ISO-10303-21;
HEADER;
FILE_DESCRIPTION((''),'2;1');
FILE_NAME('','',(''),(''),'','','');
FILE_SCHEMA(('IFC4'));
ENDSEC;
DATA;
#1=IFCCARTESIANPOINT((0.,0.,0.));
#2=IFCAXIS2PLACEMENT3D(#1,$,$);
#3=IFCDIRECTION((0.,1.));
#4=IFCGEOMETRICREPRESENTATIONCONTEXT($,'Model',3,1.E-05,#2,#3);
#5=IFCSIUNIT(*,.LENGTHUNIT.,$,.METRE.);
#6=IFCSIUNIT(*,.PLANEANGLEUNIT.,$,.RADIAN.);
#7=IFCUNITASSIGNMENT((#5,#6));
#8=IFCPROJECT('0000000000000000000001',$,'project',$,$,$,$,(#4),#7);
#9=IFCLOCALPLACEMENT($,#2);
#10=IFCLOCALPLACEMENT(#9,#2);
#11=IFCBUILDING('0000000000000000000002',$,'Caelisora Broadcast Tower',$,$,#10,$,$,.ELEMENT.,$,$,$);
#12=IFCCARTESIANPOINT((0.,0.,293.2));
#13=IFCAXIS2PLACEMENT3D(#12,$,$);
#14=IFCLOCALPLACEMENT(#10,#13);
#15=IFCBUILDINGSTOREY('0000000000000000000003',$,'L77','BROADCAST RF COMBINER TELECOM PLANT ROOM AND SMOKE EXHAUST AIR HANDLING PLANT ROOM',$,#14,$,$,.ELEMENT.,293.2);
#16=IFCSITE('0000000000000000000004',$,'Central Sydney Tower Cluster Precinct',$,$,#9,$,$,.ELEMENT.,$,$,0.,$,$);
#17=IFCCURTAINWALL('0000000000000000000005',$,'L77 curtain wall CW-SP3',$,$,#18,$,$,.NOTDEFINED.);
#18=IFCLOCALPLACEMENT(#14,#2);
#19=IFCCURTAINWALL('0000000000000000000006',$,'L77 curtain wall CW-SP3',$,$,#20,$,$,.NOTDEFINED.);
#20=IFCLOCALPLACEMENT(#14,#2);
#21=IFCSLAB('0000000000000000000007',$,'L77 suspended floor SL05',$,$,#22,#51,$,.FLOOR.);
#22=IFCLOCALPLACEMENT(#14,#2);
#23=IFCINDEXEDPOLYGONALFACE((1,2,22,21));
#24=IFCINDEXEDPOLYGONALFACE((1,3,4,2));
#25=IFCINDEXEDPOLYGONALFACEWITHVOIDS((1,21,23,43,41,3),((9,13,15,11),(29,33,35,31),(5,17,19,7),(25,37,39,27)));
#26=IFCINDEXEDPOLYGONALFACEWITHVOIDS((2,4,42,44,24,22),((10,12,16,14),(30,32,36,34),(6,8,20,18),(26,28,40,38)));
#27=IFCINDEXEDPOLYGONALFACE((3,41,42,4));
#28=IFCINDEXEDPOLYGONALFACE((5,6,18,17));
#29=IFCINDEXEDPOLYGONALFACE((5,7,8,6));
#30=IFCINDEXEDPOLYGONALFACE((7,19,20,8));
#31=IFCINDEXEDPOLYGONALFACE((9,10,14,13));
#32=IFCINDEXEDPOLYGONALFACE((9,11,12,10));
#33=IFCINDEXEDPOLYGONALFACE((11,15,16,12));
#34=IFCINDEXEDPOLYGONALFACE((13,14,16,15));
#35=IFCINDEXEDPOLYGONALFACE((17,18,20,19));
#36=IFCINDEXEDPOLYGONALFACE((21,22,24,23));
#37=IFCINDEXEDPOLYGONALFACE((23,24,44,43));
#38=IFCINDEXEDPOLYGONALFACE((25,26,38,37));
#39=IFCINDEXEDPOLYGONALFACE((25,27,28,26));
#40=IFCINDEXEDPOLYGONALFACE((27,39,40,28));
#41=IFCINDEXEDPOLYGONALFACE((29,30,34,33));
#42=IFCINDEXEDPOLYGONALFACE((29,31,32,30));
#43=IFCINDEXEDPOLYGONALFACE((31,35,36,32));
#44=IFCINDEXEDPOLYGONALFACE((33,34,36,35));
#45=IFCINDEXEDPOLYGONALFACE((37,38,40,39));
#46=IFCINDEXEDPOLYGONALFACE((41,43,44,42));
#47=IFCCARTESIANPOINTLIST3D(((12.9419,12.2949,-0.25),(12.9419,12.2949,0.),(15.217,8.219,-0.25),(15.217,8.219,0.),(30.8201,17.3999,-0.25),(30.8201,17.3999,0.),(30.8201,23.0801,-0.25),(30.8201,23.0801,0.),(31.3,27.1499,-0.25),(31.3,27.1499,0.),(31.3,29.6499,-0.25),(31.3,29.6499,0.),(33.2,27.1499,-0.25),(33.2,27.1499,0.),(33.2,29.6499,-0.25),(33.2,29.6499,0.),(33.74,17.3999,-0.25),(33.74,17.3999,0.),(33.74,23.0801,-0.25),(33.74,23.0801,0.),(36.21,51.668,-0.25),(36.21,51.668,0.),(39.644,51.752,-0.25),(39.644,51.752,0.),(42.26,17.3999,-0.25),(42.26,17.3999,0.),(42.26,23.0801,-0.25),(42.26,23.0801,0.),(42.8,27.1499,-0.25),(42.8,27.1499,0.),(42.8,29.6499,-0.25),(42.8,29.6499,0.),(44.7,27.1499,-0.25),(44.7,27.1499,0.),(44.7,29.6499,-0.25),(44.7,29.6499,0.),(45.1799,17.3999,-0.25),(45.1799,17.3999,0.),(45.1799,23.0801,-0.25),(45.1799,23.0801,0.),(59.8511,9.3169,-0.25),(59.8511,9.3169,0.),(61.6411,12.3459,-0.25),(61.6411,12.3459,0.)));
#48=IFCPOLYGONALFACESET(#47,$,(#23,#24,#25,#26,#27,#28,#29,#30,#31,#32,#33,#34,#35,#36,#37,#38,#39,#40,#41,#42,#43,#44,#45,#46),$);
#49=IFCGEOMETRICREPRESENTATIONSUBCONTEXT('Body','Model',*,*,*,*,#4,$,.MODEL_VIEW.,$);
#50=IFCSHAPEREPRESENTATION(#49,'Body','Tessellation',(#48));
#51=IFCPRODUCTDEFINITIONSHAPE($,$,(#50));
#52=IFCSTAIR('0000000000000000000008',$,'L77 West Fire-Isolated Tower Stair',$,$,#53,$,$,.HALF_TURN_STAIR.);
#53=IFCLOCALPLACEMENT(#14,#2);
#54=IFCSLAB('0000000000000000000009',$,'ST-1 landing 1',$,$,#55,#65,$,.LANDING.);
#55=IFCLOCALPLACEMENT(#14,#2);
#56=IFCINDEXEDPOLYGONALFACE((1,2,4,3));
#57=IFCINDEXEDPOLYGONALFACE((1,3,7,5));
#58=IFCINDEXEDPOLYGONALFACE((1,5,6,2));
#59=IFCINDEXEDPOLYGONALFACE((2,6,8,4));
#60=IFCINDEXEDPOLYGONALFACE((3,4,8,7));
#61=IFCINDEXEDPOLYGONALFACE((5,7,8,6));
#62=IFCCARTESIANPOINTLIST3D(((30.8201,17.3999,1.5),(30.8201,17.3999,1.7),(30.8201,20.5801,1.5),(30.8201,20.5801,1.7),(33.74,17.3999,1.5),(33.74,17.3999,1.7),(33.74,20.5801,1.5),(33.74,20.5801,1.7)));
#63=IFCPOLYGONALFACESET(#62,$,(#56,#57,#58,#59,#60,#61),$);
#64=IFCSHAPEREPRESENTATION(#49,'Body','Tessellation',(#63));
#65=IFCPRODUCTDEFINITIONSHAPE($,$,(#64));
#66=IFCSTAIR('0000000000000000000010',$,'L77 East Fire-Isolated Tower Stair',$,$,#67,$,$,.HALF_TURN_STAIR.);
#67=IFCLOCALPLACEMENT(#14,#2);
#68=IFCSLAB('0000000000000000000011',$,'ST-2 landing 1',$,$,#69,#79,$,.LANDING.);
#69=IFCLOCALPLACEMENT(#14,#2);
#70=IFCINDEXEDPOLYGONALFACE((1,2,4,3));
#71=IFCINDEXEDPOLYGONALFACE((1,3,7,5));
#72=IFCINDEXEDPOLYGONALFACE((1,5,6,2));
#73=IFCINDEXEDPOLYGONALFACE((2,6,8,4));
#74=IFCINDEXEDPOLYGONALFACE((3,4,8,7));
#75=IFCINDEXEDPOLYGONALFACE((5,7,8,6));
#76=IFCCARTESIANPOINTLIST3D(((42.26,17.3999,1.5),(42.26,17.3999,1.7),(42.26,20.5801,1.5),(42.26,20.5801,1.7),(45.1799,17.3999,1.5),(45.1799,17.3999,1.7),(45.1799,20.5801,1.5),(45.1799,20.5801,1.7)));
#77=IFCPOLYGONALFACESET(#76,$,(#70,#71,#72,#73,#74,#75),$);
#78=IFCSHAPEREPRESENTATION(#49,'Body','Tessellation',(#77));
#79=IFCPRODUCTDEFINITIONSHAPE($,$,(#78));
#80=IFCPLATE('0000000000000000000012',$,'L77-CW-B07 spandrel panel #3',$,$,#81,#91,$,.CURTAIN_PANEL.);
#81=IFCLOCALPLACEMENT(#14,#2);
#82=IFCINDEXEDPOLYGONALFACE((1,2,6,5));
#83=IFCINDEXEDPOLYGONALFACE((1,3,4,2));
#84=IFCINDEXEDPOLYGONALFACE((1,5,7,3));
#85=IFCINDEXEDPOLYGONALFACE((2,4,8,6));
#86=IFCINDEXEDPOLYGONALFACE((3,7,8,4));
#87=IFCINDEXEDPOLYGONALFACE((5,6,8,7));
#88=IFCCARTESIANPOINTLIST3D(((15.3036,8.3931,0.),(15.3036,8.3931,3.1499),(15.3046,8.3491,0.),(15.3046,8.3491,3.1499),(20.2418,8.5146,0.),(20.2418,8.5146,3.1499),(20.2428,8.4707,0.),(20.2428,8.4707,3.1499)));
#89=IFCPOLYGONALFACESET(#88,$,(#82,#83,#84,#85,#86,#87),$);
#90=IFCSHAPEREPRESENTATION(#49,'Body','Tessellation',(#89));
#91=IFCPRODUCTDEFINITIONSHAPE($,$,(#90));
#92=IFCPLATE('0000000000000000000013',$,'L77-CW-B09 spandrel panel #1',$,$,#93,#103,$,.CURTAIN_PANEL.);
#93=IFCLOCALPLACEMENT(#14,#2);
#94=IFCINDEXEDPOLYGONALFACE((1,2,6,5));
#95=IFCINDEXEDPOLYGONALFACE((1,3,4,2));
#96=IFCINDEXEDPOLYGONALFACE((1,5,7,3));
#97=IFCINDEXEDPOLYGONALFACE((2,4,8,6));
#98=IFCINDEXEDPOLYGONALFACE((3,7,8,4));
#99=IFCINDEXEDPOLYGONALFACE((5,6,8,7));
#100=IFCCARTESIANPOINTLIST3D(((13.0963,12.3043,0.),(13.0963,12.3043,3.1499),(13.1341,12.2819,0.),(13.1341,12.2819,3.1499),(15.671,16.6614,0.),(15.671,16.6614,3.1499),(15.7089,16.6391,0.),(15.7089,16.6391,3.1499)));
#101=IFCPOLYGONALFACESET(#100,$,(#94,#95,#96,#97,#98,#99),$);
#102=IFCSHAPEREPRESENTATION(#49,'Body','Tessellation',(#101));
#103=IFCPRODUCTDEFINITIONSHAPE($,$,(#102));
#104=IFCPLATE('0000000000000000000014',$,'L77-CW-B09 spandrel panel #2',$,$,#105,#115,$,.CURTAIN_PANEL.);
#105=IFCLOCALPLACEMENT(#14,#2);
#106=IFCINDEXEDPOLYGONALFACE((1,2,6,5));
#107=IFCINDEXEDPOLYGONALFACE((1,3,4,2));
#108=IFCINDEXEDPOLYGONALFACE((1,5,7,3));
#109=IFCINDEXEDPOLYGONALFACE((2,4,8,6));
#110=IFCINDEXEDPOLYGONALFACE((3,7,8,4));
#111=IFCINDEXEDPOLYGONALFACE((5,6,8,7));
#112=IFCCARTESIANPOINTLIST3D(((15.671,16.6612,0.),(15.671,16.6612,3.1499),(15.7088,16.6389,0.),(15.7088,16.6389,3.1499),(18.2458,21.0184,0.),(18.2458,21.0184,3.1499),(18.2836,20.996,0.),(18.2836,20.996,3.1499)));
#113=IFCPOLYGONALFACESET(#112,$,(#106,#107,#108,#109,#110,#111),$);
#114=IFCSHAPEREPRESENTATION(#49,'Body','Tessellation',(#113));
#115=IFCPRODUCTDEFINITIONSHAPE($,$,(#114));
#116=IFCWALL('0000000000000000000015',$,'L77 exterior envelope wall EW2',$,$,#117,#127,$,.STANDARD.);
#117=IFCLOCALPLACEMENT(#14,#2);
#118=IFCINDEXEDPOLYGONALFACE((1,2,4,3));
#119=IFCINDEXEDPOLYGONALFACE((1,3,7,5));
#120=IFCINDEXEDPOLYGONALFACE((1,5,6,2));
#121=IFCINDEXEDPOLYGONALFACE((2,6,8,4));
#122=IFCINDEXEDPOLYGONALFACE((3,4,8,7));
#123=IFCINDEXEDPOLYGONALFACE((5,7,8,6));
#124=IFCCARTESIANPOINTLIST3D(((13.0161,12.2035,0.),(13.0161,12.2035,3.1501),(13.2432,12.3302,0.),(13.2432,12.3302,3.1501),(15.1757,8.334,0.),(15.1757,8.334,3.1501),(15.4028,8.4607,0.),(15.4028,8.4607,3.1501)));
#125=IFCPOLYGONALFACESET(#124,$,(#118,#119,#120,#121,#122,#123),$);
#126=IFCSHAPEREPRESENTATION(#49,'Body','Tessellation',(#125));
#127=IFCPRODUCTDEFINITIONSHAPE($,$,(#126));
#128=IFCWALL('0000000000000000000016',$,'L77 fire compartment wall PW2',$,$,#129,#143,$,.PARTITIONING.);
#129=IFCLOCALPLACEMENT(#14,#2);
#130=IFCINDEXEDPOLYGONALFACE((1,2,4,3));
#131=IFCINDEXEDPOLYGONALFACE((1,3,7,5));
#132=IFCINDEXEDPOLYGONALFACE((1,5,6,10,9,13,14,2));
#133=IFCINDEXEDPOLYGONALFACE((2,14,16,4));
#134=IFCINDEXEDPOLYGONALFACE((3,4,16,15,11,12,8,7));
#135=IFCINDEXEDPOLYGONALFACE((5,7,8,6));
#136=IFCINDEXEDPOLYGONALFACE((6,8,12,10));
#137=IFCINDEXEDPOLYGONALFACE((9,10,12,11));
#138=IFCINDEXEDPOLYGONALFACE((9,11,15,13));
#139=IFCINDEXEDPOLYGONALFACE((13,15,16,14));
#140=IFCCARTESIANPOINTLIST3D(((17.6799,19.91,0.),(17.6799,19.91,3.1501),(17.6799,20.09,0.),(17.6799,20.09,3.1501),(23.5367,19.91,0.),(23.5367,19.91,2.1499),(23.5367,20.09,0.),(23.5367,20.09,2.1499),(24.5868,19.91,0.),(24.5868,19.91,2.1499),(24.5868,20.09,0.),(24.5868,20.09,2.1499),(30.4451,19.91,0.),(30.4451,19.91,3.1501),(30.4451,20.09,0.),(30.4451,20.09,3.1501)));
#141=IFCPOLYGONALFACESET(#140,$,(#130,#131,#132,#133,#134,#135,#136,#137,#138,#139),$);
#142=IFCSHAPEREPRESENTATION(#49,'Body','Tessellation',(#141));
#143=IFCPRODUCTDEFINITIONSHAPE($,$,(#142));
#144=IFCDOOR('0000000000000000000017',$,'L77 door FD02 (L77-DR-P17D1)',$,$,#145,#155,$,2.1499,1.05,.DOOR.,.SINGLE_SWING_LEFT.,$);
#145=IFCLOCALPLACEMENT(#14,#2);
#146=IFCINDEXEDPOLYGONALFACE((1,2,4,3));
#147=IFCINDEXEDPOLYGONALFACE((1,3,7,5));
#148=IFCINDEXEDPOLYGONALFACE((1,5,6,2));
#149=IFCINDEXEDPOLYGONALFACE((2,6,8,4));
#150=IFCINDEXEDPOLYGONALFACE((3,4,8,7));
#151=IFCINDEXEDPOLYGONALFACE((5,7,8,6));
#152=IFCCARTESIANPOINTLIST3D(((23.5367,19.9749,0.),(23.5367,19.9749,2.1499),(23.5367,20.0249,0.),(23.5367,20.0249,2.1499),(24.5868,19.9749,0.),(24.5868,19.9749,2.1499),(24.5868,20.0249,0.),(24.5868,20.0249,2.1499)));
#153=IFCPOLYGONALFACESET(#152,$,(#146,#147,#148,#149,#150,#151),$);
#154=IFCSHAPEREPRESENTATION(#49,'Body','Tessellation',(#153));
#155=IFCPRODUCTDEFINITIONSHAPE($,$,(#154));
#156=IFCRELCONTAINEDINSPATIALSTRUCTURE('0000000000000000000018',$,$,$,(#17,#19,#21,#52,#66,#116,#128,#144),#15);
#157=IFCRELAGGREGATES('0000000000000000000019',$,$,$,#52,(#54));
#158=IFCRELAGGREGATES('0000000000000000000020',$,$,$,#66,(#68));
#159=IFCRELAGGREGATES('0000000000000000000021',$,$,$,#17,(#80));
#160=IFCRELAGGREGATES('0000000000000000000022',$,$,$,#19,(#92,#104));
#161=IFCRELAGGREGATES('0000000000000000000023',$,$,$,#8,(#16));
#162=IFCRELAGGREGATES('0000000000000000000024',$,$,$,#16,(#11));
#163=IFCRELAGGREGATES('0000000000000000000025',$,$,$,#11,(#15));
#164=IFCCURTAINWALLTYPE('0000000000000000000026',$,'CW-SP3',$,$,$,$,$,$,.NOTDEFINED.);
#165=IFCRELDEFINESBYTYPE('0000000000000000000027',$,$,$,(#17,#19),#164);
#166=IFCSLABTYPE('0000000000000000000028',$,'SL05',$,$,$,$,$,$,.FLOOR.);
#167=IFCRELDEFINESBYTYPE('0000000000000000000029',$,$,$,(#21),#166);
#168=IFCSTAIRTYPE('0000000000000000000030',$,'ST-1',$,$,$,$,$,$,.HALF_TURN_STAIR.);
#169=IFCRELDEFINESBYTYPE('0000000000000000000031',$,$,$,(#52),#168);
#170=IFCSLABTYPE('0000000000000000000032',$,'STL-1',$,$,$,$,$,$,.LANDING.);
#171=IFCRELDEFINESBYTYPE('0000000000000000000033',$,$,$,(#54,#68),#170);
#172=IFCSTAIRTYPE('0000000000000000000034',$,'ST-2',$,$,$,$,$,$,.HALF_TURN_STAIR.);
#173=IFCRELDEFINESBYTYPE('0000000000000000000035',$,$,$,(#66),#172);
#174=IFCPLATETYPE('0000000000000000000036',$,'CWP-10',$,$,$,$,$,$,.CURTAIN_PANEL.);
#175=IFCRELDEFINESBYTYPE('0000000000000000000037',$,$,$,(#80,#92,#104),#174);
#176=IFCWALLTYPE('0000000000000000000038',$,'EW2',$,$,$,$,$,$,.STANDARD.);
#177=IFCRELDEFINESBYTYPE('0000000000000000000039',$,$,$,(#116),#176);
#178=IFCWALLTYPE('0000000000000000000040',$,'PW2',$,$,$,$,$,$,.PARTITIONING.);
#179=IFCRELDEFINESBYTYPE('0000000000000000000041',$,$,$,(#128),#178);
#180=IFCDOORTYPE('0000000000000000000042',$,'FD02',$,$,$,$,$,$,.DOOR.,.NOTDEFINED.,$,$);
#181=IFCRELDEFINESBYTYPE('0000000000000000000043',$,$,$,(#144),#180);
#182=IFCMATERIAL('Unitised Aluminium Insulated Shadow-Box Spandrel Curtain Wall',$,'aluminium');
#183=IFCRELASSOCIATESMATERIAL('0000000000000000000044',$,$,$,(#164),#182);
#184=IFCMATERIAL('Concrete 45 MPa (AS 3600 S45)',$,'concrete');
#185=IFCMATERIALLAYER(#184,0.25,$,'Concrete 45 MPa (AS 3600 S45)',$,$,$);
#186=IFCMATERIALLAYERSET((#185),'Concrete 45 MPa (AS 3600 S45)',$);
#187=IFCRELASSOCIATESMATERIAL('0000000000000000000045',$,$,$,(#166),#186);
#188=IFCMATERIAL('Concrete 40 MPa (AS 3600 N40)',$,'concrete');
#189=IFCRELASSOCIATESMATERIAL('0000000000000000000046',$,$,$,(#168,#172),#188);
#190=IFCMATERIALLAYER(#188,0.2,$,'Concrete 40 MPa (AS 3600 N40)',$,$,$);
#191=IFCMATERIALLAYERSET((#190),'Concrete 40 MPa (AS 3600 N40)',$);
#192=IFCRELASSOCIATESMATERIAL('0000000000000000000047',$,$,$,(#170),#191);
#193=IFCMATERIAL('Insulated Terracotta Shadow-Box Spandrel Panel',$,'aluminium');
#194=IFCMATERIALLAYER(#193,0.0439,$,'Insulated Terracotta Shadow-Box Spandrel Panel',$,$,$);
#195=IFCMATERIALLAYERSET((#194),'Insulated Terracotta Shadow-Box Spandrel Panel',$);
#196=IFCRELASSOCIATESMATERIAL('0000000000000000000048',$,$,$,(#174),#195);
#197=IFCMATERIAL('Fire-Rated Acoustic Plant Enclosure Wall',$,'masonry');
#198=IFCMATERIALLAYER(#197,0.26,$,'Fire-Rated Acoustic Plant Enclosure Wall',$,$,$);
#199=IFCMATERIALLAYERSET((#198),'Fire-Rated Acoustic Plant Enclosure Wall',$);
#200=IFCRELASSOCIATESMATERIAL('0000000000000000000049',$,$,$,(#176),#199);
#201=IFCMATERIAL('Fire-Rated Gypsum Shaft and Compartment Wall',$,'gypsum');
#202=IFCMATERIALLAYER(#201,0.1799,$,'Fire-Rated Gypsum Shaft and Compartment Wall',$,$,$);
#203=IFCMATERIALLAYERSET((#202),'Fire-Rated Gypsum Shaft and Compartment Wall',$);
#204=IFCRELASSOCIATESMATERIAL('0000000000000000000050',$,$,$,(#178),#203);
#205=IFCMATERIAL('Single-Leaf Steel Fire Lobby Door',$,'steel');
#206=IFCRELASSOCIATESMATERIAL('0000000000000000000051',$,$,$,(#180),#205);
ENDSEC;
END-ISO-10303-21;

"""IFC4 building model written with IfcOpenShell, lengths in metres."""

from ifc_helpers import new_model, si_unit, direction, frame, frame_2d, origin, origin_2d, place, context, subcontext, project, spatial, polyline, rectangle, outline, extrude, source, transform, mapped, material, layer, layer_set, type_object, type_shapes, element, fill, aggregate, save


model = new_model("IFC4")

# Units and contexts
model_context = context("Model", 3, precision=1e-05, world=origin(), true_north=direction((0.0, 1.0)))
body_context = subcontext(model_context, "Body", "Model", "MODEL_VIEW")
ifc_project = project(units=[si_unit("LENGTHUNIT", "METRE"), si_unit("PLANEANGLEUNIT", "RADIAN")], contexts=[model_context])

# Site, building, storey
site_placement = place(None, origin())
site = spatial("IfcSite", under=ifc_project, at=site_placement, Name="Central Sydney Tower Cluster Precinct", CompositionType="ELEMENT", RefElevation=0.0)
building_placement = place(site_placement, origin())
building = spatial("IfcBuilding", under=site, at=building_placement, Name="Caelisora Broadcast Tower", CompositionType="ELEMENT")
storey_placement = place(building_placement, frame((0.0, 0.0, 293.2)))
storey = spatial("IfcBuildingStorey", under=building, at=storey_placement, Name="L77", Description="BROADCAST RF COMBINER TELECOM PLANT ROOM AND SMOKE EXHAUST AIR HANDLING PLANT ROOM", CompositionType="ELEMENT", Elevation=293.2)

# Curtain wall
ifc_material_1 = material(Name="Unitised Aluminium Insulated Shadow-Box Spandrel Curtain Wall", Category="aluminium")
curtain_wall_type = type_object("IfcCurtainWallType", Name="CW-SP3", PredefinedType="NOTDEFINED", material=ifc_material_1)
curtain_wall_1_placement = place(storey_placement, origin())
curtain_wall_1 = element("IfcCurtainWall", 1, at=curtain_wall_1_placement, inside=storey, type_object=curtain_wall_type, Name="L77 curtain wall CW-SP3", PredefinedType="NOTDEFINED")

# Curtain wall
curtain_wall_2_placement = place(storey_placement, origin())
curtain_wall_2 = element("IfcCurtainWall", 2, at=curtain_wall_2_placement, inside=storey, type_object=curtain_wall_type, Name="L77 curtain wall CW-SP3", PredefinedType="NOTDEFINED")

# Slab
ifc_material_2 = material(Name="Concrete 45 MPa (AS 3600 S45)", Category="concrete")
ifc_layer_1 = layer(ifc_material_2, 0.25, Name="Concrete 45 MPa (AS 3600 S45)")
ifc_layer_set_1 = layer_set([ifc_layer_1], Name="Concrete 45 MPa (AS 3600 S45)")
slab_type_1 = type_object("IfcSlabType", Name="SL05", PredefinedType="FLOOR", material=ifc_layer_set_1)
slab_1_placement = place(storey_placement, frame((0.0, 0.0, -0.25)))
element("IfcSlab", 3, at=slab_1_placement, inside=storey, type_object=slab_type_1, Name="L77 suspended floor SL05", PredefinedType="FLOOR", context=body_context, shape_type="SweptSolid", body=[
    extrude(outline(polyline([(39.644, 51.752), (36.21, 51.668), (12.9419, 12.2949), (15.217, 8.219), (59.8511, 9.3169), (61.6411, 12.3459), (39.644, 51.752)]), holes=[polyline([(30.8201, 17.3999), (33.74, 17.3999), (33.74, 23.0801), (30.8201, 23.0801), (30.8201, 17.3999)]), polyline([(42.26, 17.3999), (45.1799, 17.3999), (45.1799, 23.0801), (42.26, 23.0801), (42.26, 17.3999)]), polyline([(42.8, 27.1499), (44.7, 27.1499), (44.7, 29.6499), (42.8, 29.6499), (42.8, 27.1499)]), polyline([(31.3, 27.1499), (33.2, 27.1499), (33.2, 29.6499), (31.3, 29.6499), (31.3, 27.1499)])]), origin(), (0.0, 0.0, 1.0), 0.25),
])

# Stairs, slabs
ifc_material_3 = material(Name="Concrete 40 MPa (AS 3600 N40)", Category="concrete")
stair_type_1 = type_object("IfcStairType", Name="ST-1", PredefinedType="HALF_TURN_STAIR", material=ifc_material_3)
stair_1_placement = place(storey_placement, origin())
stair_1 = element("IfcStair", 4, at=stair_1_placement, inside=storey, type_object=stair_type_1, Name="L77 West Fire-Isolated Tower Stair", PredefinedType="HALF_TURN_STAIR")
ifc_layer_2 = layer(ifc_material_3, 0.2, Name="Concrete 40 MPa (AS 3600 N40)")
ifc_layer_set_2 = layer_set([ifc_layer_2], Name="Concrete 40 MPa (AS 3600 N40)")
slab_type_2 = type_object("IfcSlabType", Name="STL-1", PredefinedType="LANDING", material=ifc_layer_set_2)
slab_2_placement = place(storey_placement, frame((0.0, 0.0, 1.5)))
slab_2 = element("IfcSlab", 5, at=slab_2_placement, type_object=slab_type_2, Name="ST-1 landing 1", PredefinedType="LANDING", context=body_context, shape_type="SweptSolid", body=[
    extrude(outline(polyline([(30.8201, 20.5801), (30.8201, 17.3999), (33.74, 17.3999), (33.74, 20.5801), (30.8201, 20.5801)])), origin(), (0.0, 0.0, 1.0), 0.2),
])
aggregate(stair_1, [slab_2])
stair_type_2 = type_object("IfcStairType", Name="ST-2", PredefinedType="HALF_TURN_STAIR", material=ifc_material_3)
stair_2_placement = place(storey_placement, origin())
stair_2 = element("IfcStair", 6, at=stair_2_placement, inside=storey, type_object=stair_type_2, Name="L77 East Fire-Isolated Tower Stair", PredefinedType="HALF_TURN_STAIR")
slab_3_placement = place(storey_placement, frame((0.0, 0.0, 1.5)))
slab_3 = element("IfcSlab", 7, at=slab_3_placement, type_object=slab_type_2, Name="ST-2 landing 1", PredefinedType="LANDING", context=body_context, shape_type="SweptSolid", body=[
    extrude(outline(polyline([(42.26, 20.5801), (42.26, 17.3999), (45.1799, 17.3999), (45.1799, 20.5801), (42.26, 20.5801)])), origin(), (0.0, 0.0, 1.0), 0.2),
])
aggregate(stair_2, [slab_3])

# Plates
ifc_material_4 = material(Name="Insulated Terracotta Shadow-Box Spandrel Panel", Category="aluminium")
ifc_layer_3 = layer(ifc_material_4, 0.0439, Name="Insulated Terracotta Shadow-Box Spandrel Panel")
ifc_layer_set_3 = layer_set([ifc_layer_3], Name="Insulated Terracotta Shadow-Box Spandrel Panel")
plate_type = type_object("IfcPlateType", Name="CWP-10", PredefinedType="CURTAIN_PANEL", material=ifc_layer_set_3)
shared_shape_1 = source(origin(), body_context, "Body", "SweptSolid", [
    extrude(rectangle(XDim=4.9397, YDim=0.0439, at=origin_2d()), origin(), (0.0, 0.0, 1.0), 3.1499),
])
plate_1_placement = place(storey_placement, frame((17.7732, 8.4319, 0.0), z_axis=(0.0, 0.0, 1.0), x_axis=(-0.999697, -0.024607, 0.0)))
plate_1 = element("IfcPlate", 8, at=plate_1_placement, type_object=plate_type, Name="L77-CW-B07 spandrel panel #3", PredefinedType="CURTAIN_PANEL", context=body_context, shape_type="MappedRepresentation", body=[
    mapped(shared_shape_1, transform((0.0, 0.0, 0.0), scale=1.0)),
])
aggregate(curtain_wall_1, [plate_1])
shared_shape_2 = source(origin(), body_context, "Body", "SweptSolid", [
    extrude(rectangle(XDim=5.061, YDim=0.0439, at=origin_2d()), origin(), (0.0, 0.0, 1.0), 3.1499),
])
type_shapes(plate_type, [shared_shape_1, shared_shape_2])
plate_2_placement = place(storey_placement, frame((14.4026, 14.4717, 0.0), z_axis=(0.0, 0.0, 1.0), x_axis=(0.508741, 0.86092, 0.0)))
plate_2 = element("IfcPlate", 9, at=plate_2_placement, type_object=plate_type, Name="L77-CW-B09 spandrel panel #1", PredefinedType="CURTAIN_PANEL", context=body_context, shape_type="MappedRepresentation", body=[
    mapped(shared_shape_2, transform((0.0, 0.0, 0.0), scale=1.0)),
])
plate_3_placement = place(storey_placement, frame((16.9773, 18.8286, 0.0), z_axis=(0.0, 0.0, 1.0), x_axis=(0.508741, 0.86092, 0.0)))
plate_3 = element("IfcPlate", 10, at=plate_3_placement, type_object=plate_type, Name="L77-CW-B09 spandrel panel #2", PredefinedType="CURTAIN_PANEL", context=body_context, shape_type="MappedRepresentation", body=[
    mapped(shared_shape_2, transform((0.0, 0.0, 0.0), scale=1.0)),
])
aggregate(curtain_wall_2, [plate_2, plate_3])

# Wall
ifc_material_5 = material(Name="Fire-Rated Acoustic Plant Enclosure Wall", Category="masonry")
ifc_layer_4 = layer(ifc_material_5, 0.26, Name="Fire-Rated Acoustic Plant Enclosure Wall")
ifc_layer_set_4 = layer_set([ifc_layer_4], Name="Fire-Rated Acoustic Plant Enclosure Wall")
wall_type_1 = type_object("IfcWallType", Name="EW2", PredefinedType="STANDARD", material=ifc_layer_set_4)
wall_1_placement = place(storey_placement, frame((15.2893, 8.3972, 0.0), z_axis=(0.0, 0.0, 1.0), x_axis=(-0.487345, 0.87321, 0.0)))
element("IfcWall", 11, at=wall_1_placement, inside=storey, type_object=wall_type_1, Name="L77 exterior envelope wall EW2", PredefinedType="STANDARD", context=body_context, shape_type="SweptSolid", body=[
    extrude(rectangle(XDim=4.4314, YDim=0.26, at=frame_2d((2.2158, 0.0))), origin(), (0.0, 0.0, 1.0), 3.1501),
])

# Wall, opening, door
ifc_material_6 = material(Name="Fire-Rated Gypsum Shaft and Compartment Wall", Category="gypsum")
ifc_layer_5 = layer(ifc_material_6, 0.1799, Name="Fire-Rated Gypsum Shaft and Compartment Wall")
ifc_layer_set_5 = layer_set([ifc_layer_5], Name="Fire-Rated Gypsum Shaft and Compartment Wall")
wall_type_2 = type_object("IfcWallType", Name="PW2", PredefinedType="PARTITIONING", material=ifc_layer_set_5)
wall_2_placement = place(storey_placement, frame((17.6799, 20.0, 0.0), z_axis=(0.0, 0.0, 1.0), x_axis=(1.0, 0.0, 0.0)))
wall_2 = element("IfcWall", 12, at=wall_2_placement, inside=storey, type_object=wall_type_2, Name="L77 fire compartment wall PW2", PredefinedType="PARTITIONING", context=body_context, shape_type="SweptSolid", body=[
    extrude(rectangle(XDim=12.7651, YDim=0.1799, at=frame_2d((6.3826, 0.0))), origin(), (0.0, 0.0, 1.0), 3.1501),
])
opening_placement = place(wall_2_placement, frame((5.8569, 0.0, 0.0)))
opening = element("IfcOpeningElement", 13, at=opening_placement, cuts=wall_2, PredefinedType="OPENING", context=body_context, shape_type="SweptSolid", body=[
    extrude(rectangle(XDim=1.05, YDim=2.1499, at=frame_2d((0.5249, 1.075))), frame((0.0, 0.1021, 0.0), z_axis=(0.0, -1.0, 0.0), x_axis=(1.0, 0.0, 0.0)), (0.0, 0.0, 1.0), 0.2039),
])
ifc_material_7 = material(Name="Single-Leaf Steel Fire Lobby Door", Category="steel")
door_type = type_object("IfcDoorType", Name="FD02", OperationType="NOTDEFINED", PredefinedType="DOOR", material=ifc_material_7)
door_placement = place(opening_placement, origin())
door = element("IfcDoor", 14, at=door_placement, inside=storey, type_object=door_type, Name="L77 door FD02 (L77-DR-P17D1)", OperationType="SINGLE_SWING_LEFT", OverallHeight=2.1499, OverallWidth=1.05, PredefinedType="DOOR", context=body_context, shape_type="SweptSolid", body=[
    extrude(rectangle(XDim=1.05, YDim=2.1499, at=frame_2d((0.5249, 1.075))), frame((0.0, 0.0249, 0.0), z_axis=(0.0, -1.0, 0.0), x_axis=(1.0, 0.0, 0.0)), (0.0, 0.0, 1.0), 0.05),
])
fill(opening, door)

save(model, "model.ifc")
